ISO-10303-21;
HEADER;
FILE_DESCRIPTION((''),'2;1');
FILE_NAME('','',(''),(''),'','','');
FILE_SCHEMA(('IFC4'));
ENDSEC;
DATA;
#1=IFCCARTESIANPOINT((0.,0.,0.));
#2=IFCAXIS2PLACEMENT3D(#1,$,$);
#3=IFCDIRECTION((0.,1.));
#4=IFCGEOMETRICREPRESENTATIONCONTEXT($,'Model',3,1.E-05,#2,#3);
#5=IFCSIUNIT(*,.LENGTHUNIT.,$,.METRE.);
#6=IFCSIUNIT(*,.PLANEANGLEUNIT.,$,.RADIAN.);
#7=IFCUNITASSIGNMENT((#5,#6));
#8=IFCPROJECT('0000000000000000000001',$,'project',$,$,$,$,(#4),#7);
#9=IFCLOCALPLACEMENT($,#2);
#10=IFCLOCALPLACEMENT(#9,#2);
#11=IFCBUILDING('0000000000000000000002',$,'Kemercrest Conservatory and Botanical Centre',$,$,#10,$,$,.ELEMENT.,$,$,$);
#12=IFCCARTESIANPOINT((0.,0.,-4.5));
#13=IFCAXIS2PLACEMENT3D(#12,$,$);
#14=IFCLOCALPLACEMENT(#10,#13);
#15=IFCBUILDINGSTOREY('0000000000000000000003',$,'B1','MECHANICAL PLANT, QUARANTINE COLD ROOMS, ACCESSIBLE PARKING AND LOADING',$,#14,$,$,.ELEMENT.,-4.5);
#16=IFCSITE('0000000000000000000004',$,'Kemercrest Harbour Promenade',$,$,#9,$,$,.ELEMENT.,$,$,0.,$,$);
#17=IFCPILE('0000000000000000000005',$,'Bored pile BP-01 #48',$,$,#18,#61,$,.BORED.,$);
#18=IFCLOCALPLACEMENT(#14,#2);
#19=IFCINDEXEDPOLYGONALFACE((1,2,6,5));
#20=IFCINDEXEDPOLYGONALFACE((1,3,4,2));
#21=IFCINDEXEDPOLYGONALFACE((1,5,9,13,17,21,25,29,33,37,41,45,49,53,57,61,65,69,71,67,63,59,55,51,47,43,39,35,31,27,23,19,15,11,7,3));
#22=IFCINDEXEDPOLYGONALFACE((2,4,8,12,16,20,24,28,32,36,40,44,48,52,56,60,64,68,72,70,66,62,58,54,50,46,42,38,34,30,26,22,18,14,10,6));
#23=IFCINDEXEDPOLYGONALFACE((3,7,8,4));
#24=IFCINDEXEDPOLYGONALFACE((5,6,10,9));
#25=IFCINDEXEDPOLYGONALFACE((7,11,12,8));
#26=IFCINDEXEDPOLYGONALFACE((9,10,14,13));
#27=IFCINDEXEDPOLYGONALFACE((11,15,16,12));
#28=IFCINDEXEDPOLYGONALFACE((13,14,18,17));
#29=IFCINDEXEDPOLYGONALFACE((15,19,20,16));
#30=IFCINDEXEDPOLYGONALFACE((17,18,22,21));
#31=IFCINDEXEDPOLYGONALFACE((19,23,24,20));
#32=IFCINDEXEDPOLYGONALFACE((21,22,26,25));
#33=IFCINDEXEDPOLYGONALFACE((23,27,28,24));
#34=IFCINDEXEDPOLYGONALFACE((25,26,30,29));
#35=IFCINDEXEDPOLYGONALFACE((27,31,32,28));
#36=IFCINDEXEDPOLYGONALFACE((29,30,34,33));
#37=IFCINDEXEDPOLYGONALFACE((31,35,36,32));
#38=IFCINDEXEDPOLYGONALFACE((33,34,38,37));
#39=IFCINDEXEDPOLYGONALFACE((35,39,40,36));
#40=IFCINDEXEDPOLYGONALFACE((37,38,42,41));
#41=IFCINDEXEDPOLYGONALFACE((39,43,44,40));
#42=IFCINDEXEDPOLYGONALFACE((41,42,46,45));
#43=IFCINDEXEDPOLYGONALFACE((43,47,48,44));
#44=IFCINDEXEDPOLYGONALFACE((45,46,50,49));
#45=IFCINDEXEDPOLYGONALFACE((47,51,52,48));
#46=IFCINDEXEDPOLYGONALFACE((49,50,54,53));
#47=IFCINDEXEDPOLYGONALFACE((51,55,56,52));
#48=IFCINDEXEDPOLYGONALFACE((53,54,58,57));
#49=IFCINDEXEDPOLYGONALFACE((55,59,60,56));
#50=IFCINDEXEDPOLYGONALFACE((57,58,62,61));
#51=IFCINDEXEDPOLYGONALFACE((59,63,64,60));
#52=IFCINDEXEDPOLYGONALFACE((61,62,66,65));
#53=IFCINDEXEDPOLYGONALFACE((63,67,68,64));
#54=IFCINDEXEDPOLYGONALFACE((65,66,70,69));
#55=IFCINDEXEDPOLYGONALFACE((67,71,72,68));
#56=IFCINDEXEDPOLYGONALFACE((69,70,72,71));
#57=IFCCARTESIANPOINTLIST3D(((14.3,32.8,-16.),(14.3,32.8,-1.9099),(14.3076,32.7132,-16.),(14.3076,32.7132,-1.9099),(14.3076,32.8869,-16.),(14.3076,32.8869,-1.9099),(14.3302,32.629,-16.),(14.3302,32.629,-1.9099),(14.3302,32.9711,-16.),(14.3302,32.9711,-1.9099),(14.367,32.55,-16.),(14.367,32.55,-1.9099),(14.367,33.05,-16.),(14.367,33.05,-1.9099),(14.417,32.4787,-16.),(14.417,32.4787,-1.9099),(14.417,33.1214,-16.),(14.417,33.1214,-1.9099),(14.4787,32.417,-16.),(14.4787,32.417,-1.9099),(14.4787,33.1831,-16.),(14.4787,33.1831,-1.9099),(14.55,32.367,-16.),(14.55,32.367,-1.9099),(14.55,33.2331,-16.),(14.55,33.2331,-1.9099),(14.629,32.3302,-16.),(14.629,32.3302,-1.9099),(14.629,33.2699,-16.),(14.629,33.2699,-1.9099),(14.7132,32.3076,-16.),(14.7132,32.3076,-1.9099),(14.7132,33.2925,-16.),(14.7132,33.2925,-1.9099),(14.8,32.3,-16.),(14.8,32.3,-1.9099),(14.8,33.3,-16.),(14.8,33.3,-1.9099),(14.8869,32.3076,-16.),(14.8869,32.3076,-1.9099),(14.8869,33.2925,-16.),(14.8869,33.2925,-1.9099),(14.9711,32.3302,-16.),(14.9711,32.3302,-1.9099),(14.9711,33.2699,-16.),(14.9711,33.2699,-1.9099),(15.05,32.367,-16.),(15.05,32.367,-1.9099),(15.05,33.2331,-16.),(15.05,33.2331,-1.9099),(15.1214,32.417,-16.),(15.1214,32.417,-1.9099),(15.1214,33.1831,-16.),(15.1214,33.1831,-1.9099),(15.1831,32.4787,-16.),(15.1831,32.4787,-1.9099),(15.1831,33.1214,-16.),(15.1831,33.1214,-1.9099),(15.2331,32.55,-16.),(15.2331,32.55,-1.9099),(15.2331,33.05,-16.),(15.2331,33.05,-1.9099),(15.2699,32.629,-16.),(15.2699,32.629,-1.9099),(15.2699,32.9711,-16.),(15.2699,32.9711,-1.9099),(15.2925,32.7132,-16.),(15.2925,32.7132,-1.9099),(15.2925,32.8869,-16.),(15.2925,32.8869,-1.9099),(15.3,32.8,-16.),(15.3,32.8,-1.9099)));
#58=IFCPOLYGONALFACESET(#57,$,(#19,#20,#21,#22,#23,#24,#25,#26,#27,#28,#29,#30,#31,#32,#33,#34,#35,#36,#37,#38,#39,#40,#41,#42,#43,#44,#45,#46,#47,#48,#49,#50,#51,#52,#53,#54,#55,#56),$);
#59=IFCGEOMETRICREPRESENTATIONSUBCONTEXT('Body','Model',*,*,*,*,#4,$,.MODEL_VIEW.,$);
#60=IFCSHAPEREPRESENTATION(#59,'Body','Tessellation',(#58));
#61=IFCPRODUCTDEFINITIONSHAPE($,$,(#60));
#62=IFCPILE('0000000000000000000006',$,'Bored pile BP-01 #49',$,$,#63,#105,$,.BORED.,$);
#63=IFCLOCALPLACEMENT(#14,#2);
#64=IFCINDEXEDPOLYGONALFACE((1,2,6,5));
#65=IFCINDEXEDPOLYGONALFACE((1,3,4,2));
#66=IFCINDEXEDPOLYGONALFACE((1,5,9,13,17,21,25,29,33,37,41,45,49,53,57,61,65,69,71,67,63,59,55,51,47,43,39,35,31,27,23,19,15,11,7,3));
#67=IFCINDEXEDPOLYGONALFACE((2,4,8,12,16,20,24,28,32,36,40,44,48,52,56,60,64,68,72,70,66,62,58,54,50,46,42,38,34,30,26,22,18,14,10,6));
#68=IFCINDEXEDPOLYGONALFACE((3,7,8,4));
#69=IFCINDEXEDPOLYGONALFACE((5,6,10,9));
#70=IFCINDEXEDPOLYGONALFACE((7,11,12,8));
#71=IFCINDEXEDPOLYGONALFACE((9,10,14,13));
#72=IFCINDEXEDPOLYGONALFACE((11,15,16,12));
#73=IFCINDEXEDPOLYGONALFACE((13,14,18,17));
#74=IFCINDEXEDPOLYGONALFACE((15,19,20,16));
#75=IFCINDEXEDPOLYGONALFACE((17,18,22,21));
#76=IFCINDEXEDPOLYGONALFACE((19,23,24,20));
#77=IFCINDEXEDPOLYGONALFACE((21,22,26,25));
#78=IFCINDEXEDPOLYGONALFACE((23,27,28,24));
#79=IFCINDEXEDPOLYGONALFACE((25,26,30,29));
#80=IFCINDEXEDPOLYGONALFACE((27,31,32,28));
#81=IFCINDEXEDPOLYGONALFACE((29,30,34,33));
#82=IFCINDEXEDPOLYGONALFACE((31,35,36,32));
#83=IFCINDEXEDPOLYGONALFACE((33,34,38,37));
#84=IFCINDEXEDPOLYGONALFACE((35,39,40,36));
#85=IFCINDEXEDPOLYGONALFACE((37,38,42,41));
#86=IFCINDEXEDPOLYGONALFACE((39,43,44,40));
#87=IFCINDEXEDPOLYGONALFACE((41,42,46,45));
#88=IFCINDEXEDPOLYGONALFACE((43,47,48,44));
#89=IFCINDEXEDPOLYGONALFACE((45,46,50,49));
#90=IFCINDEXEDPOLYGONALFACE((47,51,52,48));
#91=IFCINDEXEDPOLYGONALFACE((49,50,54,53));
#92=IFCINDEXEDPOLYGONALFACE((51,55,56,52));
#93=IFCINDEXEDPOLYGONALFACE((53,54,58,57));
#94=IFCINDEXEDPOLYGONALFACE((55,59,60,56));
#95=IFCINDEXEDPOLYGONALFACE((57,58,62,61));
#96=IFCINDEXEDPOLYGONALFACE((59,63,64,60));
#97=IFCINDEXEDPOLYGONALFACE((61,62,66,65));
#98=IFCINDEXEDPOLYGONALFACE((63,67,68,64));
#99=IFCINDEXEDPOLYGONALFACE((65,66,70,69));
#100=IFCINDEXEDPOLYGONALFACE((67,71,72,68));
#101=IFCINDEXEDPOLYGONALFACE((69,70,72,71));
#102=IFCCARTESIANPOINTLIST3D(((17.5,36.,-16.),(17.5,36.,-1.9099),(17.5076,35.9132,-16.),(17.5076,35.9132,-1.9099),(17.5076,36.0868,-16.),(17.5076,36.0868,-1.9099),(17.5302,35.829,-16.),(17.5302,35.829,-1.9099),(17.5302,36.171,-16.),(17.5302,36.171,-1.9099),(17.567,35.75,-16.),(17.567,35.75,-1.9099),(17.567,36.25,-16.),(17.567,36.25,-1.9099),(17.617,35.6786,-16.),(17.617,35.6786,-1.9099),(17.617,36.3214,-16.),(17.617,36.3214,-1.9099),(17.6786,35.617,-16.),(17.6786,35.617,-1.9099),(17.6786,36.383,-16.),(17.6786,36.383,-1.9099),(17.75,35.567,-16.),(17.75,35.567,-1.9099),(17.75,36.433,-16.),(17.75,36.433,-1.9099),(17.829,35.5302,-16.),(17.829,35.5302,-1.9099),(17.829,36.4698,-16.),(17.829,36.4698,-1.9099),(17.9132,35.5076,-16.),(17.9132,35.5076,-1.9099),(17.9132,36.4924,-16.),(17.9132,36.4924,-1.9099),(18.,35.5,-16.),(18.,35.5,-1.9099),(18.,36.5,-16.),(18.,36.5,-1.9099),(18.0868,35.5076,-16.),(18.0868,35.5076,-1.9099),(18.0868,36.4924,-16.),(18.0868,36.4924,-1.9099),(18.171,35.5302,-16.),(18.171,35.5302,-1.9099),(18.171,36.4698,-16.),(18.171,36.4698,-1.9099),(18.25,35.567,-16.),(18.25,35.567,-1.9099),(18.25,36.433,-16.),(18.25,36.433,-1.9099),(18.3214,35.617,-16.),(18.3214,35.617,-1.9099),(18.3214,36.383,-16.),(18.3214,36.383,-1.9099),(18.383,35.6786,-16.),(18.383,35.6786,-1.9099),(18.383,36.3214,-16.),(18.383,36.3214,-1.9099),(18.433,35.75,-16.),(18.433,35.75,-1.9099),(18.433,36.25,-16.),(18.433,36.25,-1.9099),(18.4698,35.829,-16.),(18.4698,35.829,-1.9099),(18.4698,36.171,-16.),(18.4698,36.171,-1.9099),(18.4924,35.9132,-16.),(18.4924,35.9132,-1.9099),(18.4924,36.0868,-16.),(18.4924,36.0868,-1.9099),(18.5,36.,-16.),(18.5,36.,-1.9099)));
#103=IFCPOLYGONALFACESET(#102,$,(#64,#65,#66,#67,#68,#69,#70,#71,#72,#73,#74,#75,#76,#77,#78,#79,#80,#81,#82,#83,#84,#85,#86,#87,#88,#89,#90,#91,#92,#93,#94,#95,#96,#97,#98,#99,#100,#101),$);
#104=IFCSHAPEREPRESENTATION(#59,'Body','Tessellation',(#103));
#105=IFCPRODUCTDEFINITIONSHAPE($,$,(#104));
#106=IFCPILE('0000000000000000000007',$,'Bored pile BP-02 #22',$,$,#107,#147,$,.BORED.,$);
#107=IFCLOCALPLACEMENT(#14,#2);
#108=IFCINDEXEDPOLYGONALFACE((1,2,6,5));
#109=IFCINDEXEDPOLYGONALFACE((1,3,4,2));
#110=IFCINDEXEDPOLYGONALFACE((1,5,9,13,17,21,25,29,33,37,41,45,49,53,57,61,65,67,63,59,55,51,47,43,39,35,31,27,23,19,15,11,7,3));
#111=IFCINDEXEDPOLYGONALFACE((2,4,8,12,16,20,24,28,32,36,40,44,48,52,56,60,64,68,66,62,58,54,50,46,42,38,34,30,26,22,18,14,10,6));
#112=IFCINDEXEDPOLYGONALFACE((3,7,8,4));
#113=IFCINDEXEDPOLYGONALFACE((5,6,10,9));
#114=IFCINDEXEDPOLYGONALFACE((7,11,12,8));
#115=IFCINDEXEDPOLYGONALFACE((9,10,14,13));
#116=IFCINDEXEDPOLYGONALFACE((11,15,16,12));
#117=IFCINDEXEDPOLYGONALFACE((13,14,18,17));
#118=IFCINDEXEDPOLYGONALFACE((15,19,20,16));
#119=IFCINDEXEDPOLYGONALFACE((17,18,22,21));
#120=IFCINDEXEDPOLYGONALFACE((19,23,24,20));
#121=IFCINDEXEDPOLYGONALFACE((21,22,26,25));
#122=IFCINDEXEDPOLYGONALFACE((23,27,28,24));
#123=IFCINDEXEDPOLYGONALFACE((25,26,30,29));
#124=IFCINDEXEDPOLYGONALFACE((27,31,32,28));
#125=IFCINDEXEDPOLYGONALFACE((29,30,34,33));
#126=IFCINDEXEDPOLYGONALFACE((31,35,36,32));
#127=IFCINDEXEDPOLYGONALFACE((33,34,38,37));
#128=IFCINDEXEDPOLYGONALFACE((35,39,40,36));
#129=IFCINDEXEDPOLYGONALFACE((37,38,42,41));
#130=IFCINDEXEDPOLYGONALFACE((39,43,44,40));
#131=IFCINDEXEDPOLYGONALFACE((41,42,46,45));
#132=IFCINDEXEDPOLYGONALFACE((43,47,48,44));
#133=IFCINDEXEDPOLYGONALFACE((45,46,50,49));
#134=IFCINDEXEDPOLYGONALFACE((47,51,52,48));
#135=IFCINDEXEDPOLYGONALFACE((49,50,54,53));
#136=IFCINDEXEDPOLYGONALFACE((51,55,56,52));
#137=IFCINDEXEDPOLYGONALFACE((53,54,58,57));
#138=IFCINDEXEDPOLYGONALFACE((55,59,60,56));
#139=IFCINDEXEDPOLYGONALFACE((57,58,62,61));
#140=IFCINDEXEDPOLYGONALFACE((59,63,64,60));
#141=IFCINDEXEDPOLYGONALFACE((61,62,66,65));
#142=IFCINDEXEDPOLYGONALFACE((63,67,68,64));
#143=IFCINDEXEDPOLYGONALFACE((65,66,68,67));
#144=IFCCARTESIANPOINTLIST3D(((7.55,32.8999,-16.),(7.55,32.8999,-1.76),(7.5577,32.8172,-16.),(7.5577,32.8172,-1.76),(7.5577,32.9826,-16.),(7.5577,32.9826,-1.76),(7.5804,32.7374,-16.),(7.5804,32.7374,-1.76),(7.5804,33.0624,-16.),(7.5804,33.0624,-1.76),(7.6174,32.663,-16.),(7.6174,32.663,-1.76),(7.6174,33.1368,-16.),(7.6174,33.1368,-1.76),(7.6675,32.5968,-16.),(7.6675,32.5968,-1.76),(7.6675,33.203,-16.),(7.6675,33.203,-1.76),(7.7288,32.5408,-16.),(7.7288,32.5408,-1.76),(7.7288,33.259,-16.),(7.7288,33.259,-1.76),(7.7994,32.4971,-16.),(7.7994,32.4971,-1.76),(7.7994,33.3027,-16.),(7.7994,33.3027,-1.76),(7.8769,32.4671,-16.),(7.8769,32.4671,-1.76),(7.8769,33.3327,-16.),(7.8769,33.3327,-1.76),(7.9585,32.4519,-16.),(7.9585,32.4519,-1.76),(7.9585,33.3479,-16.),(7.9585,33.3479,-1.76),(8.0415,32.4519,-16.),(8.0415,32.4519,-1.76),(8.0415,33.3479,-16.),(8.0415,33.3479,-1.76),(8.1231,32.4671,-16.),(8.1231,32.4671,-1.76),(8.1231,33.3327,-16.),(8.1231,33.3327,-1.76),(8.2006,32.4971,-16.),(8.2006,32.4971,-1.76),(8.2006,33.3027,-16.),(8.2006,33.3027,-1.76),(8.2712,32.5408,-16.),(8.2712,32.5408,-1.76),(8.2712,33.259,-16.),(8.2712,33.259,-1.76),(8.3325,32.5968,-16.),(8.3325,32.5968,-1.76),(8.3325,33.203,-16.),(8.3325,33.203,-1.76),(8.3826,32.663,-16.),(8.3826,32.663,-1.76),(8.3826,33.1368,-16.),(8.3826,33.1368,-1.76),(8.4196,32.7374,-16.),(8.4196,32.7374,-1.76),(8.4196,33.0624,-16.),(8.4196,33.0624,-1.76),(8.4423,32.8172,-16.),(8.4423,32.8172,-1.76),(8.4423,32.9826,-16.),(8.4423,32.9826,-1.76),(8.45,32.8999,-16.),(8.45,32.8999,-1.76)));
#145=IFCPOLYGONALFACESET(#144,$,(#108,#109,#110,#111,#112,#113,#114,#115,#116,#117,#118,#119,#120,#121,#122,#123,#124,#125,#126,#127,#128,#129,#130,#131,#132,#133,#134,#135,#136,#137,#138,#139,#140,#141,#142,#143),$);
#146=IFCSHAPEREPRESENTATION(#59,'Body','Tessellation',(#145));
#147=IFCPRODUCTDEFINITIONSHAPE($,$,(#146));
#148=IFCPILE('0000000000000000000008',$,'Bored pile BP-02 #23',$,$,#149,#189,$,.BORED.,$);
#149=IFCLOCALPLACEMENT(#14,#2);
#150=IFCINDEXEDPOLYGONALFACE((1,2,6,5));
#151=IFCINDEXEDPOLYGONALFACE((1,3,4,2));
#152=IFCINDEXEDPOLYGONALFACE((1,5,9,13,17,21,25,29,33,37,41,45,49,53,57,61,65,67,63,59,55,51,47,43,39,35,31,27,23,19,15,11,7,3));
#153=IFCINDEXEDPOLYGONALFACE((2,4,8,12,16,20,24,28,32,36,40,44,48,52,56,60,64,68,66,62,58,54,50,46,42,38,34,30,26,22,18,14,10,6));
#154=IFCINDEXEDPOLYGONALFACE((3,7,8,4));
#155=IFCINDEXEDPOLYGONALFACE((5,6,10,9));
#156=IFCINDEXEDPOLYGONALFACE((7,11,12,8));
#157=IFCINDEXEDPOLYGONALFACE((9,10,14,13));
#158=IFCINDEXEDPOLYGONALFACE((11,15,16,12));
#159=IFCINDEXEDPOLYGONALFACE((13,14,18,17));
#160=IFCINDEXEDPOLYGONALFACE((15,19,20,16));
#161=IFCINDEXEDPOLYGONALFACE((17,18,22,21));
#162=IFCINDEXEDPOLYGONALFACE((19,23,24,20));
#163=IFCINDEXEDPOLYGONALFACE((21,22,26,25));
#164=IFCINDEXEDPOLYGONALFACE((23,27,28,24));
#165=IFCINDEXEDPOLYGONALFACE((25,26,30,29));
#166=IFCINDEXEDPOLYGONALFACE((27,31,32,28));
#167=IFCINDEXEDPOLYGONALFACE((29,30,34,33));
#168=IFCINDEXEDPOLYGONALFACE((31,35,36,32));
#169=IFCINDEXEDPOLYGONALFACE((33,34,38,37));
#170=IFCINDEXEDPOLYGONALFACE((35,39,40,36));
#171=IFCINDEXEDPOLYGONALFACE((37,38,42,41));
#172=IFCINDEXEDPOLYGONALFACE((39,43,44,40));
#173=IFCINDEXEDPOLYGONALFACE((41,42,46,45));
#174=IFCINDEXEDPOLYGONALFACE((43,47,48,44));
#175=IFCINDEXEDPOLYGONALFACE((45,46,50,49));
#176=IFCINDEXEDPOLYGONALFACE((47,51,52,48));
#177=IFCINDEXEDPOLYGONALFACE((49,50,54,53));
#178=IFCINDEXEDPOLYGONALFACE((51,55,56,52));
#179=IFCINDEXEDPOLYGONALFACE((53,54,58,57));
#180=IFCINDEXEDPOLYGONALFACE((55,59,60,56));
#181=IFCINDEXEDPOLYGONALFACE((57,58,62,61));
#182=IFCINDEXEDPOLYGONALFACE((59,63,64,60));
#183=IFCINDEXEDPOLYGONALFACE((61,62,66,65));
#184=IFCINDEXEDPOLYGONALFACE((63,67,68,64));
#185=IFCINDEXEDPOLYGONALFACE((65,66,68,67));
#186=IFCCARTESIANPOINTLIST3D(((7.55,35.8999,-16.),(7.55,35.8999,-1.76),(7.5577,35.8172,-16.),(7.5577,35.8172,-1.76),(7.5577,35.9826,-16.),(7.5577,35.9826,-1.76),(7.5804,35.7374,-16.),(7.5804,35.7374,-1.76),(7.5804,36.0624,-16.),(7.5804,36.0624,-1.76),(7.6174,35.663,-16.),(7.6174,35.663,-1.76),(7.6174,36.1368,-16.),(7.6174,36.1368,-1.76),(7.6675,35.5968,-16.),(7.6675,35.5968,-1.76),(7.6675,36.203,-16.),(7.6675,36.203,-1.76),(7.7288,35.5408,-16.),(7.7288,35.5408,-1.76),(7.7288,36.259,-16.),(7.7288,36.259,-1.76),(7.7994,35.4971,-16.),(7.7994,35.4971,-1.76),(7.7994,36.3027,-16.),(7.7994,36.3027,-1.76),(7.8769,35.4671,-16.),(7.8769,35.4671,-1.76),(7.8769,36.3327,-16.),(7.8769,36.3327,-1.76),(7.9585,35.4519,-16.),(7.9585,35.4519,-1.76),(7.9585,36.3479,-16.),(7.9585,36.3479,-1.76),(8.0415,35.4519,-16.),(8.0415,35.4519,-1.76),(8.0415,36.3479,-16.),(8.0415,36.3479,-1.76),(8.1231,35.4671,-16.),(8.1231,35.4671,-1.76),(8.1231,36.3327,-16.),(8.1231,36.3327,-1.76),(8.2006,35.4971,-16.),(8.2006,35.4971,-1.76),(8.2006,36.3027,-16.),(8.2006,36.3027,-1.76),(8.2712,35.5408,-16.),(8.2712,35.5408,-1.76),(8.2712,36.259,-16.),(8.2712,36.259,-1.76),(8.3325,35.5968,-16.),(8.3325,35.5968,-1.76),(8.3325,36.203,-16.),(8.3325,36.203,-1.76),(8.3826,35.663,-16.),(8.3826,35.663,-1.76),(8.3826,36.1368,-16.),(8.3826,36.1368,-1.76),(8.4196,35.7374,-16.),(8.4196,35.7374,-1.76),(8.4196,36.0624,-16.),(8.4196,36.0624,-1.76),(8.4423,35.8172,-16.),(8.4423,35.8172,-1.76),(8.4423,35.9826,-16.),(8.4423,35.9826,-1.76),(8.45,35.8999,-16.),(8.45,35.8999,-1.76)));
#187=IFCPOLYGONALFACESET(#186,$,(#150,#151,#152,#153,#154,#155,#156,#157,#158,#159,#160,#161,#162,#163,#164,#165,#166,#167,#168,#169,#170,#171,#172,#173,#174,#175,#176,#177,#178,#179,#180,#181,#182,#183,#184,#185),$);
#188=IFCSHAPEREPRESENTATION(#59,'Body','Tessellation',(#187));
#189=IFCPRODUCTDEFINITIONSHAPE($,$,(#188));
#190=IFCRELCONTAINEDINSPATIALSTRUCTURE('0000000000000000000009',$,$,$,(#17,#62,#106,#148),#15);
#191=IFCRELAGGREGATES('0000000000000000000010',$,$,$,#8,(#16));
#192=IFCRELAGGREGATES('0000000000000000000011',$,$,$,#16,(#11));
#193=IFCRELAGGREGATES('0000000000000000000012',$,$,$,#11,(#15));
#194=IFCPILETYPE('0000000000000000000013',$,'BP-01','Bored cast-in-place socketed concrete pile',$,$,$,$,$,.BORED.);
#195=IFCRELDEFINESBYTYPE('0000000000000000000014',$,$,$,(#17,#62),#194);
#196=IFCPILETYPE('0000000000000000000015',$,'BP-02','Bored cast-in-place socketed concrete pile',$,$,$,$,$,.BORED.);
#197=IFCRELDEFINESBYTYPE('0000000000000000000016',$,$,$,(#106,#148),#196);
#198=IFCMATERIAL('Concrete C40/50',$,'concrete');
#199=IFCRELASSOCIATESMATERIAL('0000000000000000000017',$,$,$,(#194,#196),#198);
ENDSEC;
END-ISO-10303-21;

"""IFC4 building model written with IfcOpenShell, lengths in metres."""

from ifc_helpers import new_model, si_unit, direction, frame, origin, origin_2d, place, context, subcontext, project, spatial, circle, extrude, material, material_profile, profile_set, type_object, element, save


model = new_model("IFC4")

# Units and contexts
model_context = context("Model", 3, precision=1e-05, world=origin(), true_north=direction((0.0, 1.0)))
body_context = subcontext(model_context, "Body", "Model", "MODEL_VIEW")
ifc_project = project(units=[si_unit("LENGTHUNIT", "METRE"), si_unit("PLANEANGLEUNIT", "RADIAN")], contexts=[model_context])

# Site, building, storey
site_placement = place(None, origin())
site = spatial("IfcSite", under=ifc_project, at=site_placement, Name="Kemercrest Harbour Promenade", CompositionType="ELEMENT", RefElevation=0.0)
building_placement = place(site_placement, origin())
building = spatial("IfcBuilding", under=site, at=building_placement, Name="Kemercrest Conservatory and Botanical Centre", CompositionType="ELEMENT")
storey_placement = place(building_placement, frame((0.0, 0.0, -4.5)))
storey = spatial("IfcBuildingStorey", under=building, at=storey_placement, Name="B1", Description="MECHANICAL PLANT, QUARANTINE COLD ROOMS, ACCESSIBLE PARKING AND LOADING", CompositionType="ELEMENT", Elevation=-4.5)

# Piles
ifc_material_1 = material(Name="Concrete C40/50", Category="concrete")
ifc_material_profile_1 = material_profile(ifc_material_1, circle(Radius=0.5, at=origin_2d()), Name="BORED PILE 1000")
ifc_profile_set_1 = profile_set([ifc_material_profile_1], Name="Concrete C40/50")
pile_type_1 = type_object("IfcPileType", Name="BP-01", Description="Bored cast-in-place socketed concrete pile", PredefinedType="BORED", material=ifc_profile_set_1)
for number, where, z_axis, x_axis, name in (
    (1, (14.8, 32.8, -1.9099), (0.0, 0.0, -1.0), (1.0, 0.0, 0.0), "Bored pile BP-01 #48"),
    (2, (18.0, 36.0, -1.9099), (0.0, 0.0, -1.0), (1.0, 0.0, 0.0), "Bored pile BP-01 #49"),
):
    element("IfcPile", number, at=place(storey_placement, frame(where, z_axis=z_axis, x_axis=x_axis)), inside=storey, type_object=pile_type_1, Name=name, PredefinedType="BORED", context=body_context, shape_type="SweptSolid", body=[
        extrude(circle(Radius=0.5, at=origin_2d()), origin(), (0.0, 0.0, 1.0), 14.0901),
    ])
ifc_material_profile_2 = material_profile(ifc_material_1, circle(Radius=0.45, at=origin_2d()), Name="BORED PILE 900")
ifc_profile_set_2 = profile_set([ifc_material_profile_2], Name="Concrete C40/50")
pile_type_2 = type_object("IfcPileType", Name="BP-02", Description="Bored cast-in-place socketed concrete pile", PredefinedType="BORED", material=ifc_profile_set_2)
for number, where, z_axis, x_axis, name in (
    (3, (8.0, 32.8999, -1.76), (0.0, 0.0, -1.0), (1.0, 0.0, 0.0), "Bored pile BP-02 #22"),
    (4, (8.0, 35.8999, -1.76), (0.0, 0.0, -1.0), (1.0, 0.0, 0.0), "Bored pile BP-02 #23"),
):
    element("IfcPile", number, at=place(storey_placement, frame(where, z_axis=z_axis, x_axis=x_axis)), inside=storey, type_object=pile_type_2, Name=name, PredefinedType="BORED", context=body_context, shape_type="SweptSolid", body=[
        extrude(circle(Radius=0.45, at=origin_2d()), origin(), (0.0, 0.0, 1.0), 14.24),
    ])

save(model, "model.ifc")
